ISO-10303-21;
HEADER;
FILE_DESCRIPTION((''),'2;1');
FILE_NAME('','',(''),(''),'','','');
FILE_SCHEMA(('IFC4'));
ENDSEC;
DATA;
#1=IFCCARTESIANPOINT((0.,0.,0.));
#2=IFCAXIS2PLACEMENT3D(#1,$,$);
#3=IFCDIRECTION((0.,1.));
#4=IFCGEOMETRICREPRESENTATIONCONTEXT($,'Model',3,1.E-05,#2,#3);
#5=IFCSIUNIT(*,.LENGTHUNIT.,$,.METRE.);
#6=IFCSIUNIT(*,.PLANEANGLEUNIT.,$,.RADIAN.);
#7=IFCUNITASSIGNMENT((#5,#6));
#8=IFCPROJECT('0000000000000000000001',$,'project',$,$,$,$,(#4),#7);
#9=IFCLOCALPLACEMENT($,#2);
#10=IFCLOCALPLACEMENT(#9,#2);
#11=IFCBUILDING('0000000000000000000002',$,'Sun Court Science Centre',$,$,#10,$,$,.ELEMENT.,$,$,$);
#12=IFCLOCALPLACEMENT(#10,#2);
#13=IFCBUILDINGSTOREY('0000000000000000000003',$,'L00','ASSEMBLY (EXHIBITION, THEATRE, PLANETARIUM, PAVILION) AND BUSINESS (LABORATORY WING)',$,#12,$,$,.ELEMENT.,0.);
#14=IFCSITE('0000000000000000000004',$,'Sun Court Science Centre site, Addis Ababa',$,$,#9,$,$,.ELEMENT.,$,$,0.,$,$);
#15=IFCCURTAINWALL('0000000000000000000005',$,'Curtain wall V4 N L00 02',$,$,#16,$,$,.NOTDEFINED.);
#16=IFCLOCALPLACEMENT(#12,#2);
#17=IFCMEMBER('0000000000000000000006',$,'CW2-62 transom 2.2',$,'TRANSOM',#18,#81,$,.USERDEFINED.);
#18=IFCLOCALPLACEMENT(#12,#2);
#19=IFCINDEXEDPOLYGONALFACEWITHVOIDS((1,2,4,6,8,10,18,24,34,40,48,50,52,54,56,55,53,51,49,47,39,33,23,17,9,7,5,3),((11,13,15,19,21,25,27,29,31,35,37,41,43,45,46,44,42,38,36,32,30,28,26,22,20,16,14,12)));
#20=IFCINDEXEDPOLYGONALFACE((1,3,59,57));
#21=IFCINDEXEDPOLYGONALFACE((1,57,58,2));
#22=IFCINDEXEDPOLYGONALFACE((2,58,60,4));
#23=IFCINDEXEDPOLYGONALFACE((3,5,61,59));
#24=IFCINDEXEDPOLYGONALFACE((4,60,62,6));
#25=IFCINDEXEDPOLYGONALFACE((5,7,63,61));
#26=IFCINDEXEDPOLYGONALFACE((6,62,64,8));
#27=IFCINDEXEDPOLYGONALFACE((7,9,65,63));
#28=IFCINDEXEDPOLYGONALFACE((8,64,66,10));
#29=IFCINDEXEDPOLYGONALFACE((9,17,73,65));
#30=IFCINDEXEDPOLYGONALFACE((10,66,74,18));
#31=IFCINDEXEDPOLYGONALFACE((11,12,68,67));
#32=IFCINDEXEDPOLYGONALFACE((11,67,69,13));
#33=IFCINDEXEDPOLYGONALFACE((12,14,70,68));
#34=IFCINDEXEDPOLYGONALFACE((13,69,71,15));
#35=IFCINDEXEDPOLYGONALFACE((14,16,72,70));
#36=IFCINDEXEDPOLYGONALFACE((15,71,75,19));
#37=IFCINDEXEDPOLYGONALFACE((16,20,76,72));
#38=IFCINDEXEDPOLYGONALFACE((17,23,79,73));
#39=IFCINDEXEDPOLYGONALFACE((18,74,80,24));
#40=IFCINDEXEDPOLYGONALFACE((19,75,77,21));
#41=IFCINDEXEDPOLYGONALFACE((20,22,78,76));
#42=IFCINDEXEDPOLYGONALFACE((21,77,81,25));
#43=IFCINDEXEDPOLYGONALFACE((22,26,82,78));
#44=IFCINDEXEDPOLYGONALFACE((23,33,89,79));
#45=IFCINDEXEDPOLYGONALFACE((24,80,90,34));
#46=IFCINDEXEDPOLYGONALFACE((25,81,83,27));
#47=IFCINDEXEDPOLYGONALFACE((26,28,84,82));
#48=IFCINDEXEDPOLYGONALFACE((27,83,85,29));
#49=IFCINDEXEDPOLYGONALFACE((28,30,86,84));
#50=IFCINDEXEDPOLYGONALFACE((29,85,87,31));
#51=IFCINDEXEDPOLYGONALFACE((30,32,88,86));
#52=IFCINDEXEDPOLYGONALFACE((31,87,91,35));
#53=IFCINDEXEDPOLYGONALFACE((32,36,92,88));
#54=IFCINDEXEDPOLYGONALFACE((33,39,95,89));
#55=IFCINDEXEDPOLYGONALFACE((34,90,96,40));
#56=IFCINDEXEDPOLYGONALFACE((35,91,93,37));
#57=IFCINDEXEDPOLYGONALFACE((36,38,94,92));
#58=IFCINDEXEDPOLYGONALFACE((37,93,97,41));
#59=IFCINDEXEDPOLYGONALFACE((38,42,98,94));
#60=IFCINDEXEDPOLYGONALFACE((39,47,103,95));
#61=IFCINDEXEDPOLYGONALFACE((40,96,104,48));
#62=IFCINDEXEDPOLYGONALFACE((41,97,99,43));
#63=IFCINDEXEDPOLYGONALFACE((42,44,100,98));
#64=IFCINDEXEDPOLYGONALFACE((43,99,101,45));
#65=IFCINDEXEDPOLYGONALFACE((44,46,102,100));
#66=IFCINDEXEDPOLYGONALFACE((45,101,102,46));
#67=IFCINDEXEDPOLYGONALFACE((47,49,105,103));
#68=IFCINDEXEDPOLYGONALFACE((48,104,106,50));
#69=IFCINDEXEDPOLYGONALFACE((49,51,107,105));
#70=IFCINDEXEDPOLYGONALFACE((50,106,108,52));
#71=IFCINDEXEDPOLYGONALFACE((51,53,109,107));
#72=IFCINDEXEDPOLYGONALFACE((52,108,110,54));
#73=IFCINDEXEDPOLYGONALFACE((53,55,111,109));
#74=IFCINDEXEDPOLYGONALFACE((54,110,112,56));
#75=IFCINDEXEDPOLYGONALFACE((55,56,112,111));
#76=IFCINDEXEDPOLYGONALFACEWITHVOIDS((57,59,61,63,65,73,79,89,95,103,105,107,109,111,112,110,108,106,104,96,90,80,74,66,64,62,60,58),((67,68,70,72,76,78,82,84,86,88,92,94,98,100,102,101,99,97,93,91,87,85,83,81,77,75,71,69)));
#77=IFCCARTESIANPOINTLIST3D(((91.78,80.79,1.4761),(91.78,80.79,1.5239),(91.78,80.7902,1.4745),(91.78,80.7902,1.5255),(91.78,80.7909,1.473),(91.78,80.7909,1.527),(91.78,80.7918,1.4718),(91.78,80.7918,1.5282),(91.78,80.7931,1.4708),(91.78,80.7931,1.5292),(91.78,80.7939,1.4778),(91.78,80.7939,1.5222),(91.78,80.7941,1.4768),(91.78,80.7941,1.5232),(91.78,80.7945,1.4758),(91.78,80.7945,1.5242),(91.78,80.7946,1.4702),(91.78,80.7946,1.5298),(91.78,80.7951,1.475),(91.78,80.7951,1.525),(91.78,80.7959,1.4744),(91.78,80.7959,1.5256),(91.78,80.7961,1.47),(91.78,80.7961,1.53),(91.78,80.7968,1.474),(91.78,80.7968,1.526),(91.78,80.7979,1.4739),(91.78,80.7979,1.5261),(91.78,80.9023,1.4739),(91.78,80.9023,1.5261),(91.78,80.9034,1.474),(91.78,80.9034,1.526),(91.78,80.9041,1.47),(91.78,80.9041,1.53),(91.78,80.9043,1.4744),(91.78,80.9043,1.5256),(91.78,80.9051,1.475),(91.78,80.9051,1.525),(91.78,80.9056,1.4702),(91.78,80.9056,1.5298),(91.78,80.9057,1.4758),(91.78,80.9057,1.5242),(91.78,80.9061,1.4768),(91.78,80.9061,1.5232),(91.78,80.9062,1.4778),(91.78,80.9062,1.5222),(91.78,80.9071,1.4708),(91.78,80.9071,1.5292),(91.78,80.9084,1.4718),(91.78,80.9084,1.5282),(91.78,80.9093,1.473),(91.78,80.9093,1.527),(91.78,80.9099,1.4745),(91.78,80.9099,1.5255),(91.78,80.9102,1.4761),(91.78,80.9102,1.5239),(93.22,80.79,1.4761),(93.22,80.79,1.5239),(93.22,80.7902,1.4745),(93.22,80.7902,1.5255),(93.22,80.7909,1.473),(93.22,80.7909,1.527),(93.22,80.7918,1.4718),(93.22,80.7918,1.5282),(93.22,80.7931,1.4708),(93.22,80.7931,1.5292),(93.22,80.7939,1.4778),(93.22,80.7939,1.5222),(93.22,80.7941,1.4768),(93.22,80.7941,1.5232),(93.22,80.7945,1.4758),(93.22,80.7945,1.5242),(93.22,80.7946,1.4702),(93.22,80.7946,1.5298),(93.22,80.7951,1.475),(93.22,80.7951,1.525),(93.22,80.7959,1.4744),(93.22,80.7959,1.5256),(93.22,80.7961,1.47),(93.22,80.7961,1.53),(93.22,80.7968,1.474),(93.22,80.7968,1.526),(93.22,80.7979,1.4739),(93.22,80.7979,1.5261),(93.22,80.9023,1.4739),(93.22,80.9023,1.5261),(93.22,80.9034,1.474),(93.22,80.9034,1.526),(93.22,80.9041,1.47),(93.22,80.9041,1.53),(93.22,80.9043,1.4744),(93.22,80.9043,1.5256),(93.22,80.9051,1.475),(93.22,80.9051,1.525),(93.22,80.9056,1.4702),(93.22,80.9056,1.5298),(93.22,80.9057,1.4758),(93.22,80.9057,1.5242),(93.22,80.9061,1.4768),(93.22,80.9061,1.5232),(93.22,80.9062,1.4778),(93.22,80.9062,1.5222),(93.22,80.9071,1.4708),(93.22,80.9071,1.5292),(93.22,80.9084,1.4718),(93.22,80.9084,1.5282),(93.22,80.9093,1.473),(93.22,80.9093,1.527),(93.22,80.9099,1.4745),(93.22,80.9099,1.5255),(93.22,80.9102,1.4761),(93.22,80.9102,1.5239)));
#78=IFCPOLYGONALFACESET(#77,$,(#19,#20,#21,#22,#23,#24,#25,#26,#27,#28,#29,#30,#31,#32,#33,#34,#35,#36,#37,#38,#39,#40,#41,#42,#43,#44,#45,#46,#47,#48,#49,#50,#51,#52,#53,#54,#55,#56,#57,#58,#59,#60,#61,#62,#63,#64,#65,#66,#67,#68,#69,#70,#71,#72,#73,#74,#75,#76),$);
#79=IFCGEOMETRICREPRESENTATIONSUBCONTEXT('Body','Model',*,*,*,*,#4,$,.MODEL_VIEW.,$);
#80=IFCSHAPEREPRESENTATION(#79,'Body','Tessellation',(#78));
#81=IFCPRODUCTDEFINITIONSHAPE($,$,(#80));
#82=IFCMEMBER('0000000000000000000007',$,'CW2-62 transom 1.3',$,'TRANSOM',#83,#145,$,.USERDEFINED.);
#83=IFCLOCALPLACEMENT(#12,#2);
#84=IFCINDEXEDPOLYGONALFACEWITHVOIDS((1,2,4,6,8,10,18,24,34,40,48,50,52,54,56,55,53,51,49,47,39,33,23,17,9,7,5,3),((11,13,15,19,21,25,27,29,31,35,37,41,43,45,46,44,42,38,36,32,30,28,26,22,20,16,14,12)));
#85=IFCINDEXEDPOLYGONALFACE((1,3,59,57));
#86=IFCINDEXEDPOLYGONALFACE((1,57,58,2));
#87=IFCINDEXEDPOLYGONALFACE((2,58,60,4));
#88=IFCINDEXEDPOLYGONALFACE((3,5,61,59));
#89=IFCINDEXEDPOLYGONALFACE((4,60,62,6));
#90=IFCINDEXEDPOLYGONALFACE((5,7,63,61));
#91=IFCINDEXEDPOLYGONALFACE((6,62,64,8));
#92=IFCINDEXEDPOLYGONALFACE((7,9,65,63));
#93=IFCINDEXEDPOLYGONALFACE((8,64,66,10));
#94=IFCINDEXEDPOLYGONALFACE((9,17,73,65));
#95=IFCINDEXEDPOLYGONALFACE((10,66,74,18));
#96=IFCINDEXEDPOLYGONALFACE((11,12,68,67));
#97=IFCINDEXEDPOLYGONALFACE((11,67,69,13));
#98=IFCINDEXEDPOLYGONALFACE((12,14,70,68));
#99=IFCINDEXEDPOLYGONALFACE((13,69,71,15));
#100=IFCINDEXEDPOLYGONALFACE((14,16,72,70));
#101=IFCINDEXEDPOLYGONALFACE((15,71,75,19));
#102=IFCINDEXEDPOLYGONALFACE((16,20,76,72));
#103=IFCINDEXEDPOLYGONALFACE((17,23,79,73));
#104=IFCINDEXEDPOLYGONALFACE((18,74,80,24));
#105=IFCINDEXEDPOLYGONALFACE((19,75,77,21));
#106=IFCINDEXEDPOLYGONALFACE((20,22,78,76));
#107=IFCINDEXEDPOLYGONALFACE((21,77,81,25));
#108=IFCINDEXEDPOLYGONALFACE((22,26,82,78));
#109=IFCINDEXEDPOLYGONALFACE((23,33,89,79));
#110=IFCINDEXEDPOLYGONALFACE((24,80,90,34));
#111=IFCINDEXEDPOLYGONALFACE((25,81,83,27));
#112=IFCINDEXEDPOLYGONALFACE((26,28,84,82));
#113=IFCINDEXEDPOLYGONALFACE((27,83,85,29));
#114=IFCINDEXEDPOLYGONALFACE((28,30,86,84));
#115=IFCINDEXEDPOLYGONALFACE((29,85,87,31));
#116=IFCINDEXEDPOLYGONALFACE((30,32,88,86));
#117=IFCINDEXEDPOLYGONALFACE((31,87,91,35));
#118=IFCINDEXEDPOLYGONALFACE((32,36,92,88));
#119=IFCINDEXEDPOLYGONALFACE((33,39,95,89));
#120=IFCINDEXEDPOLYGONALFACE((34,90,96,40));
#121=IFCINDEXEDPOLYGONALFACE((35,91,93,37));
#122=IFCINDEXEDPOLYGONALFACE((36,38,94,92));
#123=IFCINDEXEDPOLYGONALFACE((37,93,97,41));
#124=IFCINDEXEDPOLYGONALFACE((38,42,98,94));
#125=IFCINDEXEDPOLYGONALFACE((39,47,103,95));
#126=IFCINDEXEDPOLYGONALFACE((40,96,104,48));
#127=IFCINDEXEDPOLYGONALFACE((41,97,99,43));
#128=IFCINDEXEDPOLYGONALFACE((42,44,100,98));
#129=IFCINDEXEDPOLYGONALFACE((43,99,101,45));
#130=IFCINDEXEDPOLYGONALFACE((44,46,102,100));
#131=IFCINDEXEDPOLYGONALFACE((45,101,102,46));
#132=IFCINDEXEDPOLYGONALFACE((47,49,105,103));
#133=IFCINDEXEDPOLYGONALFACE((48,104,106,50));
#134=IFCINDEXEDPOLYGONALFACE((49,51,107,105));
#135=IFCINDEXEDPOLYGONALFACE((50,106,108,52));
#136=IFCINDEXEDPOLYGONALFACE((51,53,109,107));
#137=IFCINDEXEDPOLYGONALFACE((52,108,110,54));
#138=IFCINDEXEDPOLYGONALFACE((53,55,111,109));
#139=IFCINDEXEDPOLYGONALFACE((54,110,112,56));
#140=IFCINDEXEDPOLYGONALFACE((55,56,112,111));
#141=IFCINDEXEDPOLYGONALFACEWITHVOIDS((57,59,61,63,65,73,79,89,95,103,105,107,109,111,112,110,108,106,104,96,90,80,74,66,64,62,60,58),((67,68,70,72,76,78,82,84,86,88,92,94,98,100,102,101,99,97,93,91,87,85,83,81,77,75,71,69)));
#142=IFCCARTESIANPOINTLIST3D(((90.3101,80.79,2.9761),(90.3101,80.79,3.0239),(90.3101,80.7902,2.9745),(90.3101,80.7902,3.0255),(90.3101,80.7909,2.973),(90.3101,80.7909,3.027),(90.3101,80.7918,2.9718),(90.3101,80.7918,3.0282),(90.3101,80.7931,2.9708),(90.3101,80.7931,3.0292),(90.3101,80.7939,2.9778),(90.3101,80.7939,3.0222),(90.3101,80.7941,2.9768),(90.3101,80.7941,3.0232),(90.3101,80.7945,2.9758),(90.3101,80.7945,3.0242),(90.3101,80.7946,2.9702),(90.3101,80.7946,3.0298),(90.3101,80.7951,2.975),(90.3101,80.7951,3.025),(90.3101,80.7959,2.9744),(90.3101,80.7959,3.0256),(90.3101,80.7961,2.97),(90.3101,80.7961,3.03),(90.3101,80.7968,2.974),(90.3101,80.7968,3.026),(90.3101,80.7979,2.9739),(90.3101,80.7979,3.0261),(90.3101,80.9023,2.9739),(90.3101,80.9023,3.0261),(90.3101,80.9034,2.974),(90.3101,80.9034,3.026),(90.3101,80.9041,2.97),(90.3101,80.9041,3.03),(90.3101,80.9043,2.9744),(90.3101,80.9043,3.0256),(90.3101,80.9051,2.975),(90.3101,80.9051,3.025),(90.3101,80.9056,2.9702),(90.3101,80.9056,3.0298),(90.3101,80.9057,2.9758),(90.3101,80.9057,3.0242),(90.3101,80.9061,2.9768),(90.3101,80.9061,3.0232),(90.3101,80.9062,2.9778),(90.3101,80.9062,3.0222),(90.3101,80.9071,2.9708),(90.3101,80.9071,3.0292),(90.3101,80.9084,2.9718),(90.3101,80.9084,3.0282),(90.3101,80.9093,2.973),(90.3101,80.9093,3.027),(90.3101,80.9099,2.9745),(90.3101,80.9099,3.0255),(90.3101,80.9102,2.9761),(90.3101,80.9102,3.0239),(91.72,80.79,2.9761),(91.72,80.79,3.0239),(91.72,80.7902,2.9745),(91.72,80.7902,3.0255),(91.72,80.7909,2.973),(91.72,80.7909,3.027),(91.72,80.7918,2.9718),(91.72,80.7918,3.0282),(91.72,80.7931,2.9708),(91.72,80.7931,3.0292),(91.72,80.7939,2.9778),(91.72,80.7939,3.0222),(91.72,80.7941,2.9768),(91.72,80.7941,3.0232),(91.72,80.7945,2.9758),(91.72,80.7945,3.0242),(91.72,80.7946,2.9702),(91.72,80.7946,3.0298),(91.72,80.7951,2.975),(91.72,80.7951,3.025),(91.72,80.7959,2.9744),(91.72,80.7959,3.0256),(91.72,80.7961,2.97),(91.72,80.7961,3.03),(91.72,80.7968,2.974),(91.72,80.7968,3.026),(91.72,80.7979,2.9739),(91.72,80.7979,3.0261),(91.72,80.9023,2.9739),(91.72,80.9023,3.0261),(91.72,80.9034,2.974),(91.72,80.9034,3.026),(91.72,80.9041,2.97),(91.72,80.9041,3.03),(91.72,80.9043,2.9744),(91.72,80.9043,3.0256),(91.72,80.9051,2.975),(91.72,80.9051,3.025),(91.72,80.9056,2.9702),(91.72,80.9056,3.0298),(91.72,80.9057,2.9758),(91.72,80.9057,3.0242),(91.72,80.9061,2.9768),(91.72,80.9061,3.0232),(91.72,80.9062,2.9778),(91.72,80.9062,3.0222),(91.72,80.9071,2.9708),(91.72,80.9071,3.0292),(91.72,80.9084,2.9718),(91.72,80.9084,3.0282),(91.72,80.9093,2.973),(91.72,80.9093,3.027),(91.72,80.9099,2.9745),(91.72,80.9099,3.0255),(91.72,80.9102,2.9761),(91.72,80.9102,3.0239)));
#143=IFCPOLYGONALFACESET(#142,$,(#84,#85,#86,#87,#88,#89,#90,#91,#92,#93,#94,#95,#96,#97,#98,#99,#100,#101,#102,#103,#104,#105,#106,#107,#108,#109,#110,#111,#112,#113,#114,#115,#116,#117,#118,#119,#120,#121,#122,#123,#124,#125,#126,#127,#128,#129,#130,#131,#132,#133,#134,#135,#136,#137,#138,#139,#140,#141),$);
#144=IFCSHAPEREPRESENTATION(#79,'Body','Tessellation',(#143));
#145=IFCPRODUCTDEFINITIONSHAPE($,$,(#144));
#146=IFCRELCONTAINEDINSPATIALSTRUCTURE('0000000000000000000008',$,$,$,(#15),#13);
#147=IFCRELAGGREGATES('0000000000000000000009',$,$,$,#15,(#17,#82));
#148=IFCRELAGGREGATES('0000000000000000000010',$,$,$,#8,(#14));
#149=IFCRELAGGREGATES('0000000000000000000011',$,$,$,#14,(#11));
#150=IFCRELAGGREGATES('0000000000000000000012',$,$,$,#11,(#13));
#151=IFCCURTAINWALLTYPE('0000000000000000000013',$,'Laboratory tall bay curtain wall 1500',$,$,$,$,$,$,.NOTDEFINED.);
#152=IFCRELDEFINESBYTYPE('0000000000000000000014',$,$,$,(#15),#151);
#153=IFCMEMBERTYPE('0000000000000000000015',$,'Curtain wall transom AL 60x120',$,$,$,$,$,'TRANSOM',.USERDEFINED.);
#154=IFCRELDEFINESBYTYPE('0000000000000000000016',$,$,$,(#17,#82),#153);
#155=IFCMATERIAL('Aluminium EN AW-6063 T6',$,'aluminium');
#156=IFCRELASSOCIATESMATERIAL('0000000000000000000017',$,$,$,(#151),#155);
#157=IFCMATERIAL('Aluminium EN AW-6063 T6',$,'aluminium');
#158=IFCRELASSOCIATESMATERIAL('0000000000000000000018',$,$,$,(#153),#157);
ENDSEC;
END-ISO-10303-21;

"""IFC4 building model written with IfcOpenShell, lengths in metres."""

from ifc_helpers import new_model, si_unit, direction, frame, origin, origin_2d, place, context, subcontext, project, spatial, hollow_rectangle, extrude, material, material_profile, profile_set, type_object, element, aggregate, save


model = new_model("IFC4")

# Units and contexts
model_context = context("Model", 3, precision=1e-05, world=origin(), true_north=direction((0.0, 1.0)))
body_context = subcontext(model_context, "Body", "Model", "MODEL_VIEW")
ifc_project = project(units=[si_unit("LENGTHUNIT", "METRE"), si_unit("PLANEANGLEUNIT", "RADIAN")], contexts=[model_context])

# Site, building, storey
site_placement = place(None, origin())
site = spatial("IfcSite", under=ifc_project, at=site_placement, Name="Sun Court Science Centre site, Addis Ababa", CompositionType="ELEMENT", RefElevation=0.0)
building_placement = place(site_placement, origin())
building = spatial("IfcBuilding", under=site, at=building_placement, Name="Sun Court Science Centre", CompositionType="ELEMENT")
storey_placement = place(building_placement, origin())
storey = spatial("IfcBuildingStorey", under=building, at=storey_placement, Name="L00", Description="ASSEMBLY (EXHIBITION, THEATRE, PLANETARIUM, PAVILION) AND BUSINESS (LABORATORY WING)", CompositionType="ELEMENT", Elevation=0.0)

# Curtain wall, members
ifc_material_1 = material(Name="Aluminium EN AW-6063 T6", Category="aluminium")
curtain_wall_type = type_object("IfcCurtainWallType", Name="Laboratory tall bay curtain wall 1500", PredefinedType="NOTDEFINED", material=ifc_material_1)
curtain_wall_placement = place(storey_placement, origin())
curtain_wall = element("IfcCurtainWall", 1, at=curtain_wall_placement, inside=storey, type_object=curtain_wall_type, Name="Curtain wall V4 N L00 02", PredefinedType="NOTDEFINED")
ifc_material_2 = material(Name="Aluminium EN AW-6063 T6", Category="aluminium")
ifc_material_profile_1 = material_profile(ifc_material_2, hollow_rectangle(XDim=0.0601, YDim=0.1201, WallThickness=0.0039, InnerFilletRadius=0.0039, OuterFilletRadius=0.0061, at=origin_2d()), Name="AL 60x120x4")
ifc_profile_set_1 = profile_set([ifc_material_profile_1], Name="Aluminium EN AW-6063 T6")
member_type_1 = type_object("IfcMemberType", Name="Curtain wall transom AL 60x120", ElementType="TRANSOM", PredefinedType="USERDEFINED", material=ifc_profile_set_1)
member_1_placement = place(storey_placement, frame((91.78, 80.8501, 1.5), z_axis=(1.0, 0.0, 0.0), x_axis=(0.0, 0.0, 1.0)))
member_1 = element("IfcMember", 2, at=member_1_placement, type_object=member_type_1, Name="CW2-62 transom 2.2", ObjectType="TRANSOM", PredefinedType="USERDEFINED", context=body_context, shape_type="SweptSolid", body=[
    extrude(hollow_rectangle(XDim=0.0601, YDim=0.1201, WallThickness=0.0039, InnerFilletRadius=0.0039, OuterFilletRadius=0.0061, at=origin_2d()), origin(), (0.0, 0.0, 1.0), 1.4399),
])
member_2_placement = place(storey_placement, frame((90.3101, 80.8501, 3.0), z_axis=(1.0, 0.0, 0.0), x_axis=(0.0, 0.0, 1.0)))
member_2 = element("IfcMember", 3, at=member_2_placement, type_object=member_type_1, Name="CW2-62 transom 1.3", ObjectType="TRANSOM", PredefinedType="USERDEFINED", context=body_context, shape_type="SweptSolid", body=[
    extrude(hollow_rectangle(XDim=0.0601, YDim=0.1201, WallThickness=0.0039, InnerFilletRadius=0.0039, OuterFilletRadius=0.0061, at=origin_2d()), origin(), (0.0, 0.0, 1.0), 1.4099),
])
aggregate(curtain_wall, [member_1, member_2])

save(model, "model.ifc")
